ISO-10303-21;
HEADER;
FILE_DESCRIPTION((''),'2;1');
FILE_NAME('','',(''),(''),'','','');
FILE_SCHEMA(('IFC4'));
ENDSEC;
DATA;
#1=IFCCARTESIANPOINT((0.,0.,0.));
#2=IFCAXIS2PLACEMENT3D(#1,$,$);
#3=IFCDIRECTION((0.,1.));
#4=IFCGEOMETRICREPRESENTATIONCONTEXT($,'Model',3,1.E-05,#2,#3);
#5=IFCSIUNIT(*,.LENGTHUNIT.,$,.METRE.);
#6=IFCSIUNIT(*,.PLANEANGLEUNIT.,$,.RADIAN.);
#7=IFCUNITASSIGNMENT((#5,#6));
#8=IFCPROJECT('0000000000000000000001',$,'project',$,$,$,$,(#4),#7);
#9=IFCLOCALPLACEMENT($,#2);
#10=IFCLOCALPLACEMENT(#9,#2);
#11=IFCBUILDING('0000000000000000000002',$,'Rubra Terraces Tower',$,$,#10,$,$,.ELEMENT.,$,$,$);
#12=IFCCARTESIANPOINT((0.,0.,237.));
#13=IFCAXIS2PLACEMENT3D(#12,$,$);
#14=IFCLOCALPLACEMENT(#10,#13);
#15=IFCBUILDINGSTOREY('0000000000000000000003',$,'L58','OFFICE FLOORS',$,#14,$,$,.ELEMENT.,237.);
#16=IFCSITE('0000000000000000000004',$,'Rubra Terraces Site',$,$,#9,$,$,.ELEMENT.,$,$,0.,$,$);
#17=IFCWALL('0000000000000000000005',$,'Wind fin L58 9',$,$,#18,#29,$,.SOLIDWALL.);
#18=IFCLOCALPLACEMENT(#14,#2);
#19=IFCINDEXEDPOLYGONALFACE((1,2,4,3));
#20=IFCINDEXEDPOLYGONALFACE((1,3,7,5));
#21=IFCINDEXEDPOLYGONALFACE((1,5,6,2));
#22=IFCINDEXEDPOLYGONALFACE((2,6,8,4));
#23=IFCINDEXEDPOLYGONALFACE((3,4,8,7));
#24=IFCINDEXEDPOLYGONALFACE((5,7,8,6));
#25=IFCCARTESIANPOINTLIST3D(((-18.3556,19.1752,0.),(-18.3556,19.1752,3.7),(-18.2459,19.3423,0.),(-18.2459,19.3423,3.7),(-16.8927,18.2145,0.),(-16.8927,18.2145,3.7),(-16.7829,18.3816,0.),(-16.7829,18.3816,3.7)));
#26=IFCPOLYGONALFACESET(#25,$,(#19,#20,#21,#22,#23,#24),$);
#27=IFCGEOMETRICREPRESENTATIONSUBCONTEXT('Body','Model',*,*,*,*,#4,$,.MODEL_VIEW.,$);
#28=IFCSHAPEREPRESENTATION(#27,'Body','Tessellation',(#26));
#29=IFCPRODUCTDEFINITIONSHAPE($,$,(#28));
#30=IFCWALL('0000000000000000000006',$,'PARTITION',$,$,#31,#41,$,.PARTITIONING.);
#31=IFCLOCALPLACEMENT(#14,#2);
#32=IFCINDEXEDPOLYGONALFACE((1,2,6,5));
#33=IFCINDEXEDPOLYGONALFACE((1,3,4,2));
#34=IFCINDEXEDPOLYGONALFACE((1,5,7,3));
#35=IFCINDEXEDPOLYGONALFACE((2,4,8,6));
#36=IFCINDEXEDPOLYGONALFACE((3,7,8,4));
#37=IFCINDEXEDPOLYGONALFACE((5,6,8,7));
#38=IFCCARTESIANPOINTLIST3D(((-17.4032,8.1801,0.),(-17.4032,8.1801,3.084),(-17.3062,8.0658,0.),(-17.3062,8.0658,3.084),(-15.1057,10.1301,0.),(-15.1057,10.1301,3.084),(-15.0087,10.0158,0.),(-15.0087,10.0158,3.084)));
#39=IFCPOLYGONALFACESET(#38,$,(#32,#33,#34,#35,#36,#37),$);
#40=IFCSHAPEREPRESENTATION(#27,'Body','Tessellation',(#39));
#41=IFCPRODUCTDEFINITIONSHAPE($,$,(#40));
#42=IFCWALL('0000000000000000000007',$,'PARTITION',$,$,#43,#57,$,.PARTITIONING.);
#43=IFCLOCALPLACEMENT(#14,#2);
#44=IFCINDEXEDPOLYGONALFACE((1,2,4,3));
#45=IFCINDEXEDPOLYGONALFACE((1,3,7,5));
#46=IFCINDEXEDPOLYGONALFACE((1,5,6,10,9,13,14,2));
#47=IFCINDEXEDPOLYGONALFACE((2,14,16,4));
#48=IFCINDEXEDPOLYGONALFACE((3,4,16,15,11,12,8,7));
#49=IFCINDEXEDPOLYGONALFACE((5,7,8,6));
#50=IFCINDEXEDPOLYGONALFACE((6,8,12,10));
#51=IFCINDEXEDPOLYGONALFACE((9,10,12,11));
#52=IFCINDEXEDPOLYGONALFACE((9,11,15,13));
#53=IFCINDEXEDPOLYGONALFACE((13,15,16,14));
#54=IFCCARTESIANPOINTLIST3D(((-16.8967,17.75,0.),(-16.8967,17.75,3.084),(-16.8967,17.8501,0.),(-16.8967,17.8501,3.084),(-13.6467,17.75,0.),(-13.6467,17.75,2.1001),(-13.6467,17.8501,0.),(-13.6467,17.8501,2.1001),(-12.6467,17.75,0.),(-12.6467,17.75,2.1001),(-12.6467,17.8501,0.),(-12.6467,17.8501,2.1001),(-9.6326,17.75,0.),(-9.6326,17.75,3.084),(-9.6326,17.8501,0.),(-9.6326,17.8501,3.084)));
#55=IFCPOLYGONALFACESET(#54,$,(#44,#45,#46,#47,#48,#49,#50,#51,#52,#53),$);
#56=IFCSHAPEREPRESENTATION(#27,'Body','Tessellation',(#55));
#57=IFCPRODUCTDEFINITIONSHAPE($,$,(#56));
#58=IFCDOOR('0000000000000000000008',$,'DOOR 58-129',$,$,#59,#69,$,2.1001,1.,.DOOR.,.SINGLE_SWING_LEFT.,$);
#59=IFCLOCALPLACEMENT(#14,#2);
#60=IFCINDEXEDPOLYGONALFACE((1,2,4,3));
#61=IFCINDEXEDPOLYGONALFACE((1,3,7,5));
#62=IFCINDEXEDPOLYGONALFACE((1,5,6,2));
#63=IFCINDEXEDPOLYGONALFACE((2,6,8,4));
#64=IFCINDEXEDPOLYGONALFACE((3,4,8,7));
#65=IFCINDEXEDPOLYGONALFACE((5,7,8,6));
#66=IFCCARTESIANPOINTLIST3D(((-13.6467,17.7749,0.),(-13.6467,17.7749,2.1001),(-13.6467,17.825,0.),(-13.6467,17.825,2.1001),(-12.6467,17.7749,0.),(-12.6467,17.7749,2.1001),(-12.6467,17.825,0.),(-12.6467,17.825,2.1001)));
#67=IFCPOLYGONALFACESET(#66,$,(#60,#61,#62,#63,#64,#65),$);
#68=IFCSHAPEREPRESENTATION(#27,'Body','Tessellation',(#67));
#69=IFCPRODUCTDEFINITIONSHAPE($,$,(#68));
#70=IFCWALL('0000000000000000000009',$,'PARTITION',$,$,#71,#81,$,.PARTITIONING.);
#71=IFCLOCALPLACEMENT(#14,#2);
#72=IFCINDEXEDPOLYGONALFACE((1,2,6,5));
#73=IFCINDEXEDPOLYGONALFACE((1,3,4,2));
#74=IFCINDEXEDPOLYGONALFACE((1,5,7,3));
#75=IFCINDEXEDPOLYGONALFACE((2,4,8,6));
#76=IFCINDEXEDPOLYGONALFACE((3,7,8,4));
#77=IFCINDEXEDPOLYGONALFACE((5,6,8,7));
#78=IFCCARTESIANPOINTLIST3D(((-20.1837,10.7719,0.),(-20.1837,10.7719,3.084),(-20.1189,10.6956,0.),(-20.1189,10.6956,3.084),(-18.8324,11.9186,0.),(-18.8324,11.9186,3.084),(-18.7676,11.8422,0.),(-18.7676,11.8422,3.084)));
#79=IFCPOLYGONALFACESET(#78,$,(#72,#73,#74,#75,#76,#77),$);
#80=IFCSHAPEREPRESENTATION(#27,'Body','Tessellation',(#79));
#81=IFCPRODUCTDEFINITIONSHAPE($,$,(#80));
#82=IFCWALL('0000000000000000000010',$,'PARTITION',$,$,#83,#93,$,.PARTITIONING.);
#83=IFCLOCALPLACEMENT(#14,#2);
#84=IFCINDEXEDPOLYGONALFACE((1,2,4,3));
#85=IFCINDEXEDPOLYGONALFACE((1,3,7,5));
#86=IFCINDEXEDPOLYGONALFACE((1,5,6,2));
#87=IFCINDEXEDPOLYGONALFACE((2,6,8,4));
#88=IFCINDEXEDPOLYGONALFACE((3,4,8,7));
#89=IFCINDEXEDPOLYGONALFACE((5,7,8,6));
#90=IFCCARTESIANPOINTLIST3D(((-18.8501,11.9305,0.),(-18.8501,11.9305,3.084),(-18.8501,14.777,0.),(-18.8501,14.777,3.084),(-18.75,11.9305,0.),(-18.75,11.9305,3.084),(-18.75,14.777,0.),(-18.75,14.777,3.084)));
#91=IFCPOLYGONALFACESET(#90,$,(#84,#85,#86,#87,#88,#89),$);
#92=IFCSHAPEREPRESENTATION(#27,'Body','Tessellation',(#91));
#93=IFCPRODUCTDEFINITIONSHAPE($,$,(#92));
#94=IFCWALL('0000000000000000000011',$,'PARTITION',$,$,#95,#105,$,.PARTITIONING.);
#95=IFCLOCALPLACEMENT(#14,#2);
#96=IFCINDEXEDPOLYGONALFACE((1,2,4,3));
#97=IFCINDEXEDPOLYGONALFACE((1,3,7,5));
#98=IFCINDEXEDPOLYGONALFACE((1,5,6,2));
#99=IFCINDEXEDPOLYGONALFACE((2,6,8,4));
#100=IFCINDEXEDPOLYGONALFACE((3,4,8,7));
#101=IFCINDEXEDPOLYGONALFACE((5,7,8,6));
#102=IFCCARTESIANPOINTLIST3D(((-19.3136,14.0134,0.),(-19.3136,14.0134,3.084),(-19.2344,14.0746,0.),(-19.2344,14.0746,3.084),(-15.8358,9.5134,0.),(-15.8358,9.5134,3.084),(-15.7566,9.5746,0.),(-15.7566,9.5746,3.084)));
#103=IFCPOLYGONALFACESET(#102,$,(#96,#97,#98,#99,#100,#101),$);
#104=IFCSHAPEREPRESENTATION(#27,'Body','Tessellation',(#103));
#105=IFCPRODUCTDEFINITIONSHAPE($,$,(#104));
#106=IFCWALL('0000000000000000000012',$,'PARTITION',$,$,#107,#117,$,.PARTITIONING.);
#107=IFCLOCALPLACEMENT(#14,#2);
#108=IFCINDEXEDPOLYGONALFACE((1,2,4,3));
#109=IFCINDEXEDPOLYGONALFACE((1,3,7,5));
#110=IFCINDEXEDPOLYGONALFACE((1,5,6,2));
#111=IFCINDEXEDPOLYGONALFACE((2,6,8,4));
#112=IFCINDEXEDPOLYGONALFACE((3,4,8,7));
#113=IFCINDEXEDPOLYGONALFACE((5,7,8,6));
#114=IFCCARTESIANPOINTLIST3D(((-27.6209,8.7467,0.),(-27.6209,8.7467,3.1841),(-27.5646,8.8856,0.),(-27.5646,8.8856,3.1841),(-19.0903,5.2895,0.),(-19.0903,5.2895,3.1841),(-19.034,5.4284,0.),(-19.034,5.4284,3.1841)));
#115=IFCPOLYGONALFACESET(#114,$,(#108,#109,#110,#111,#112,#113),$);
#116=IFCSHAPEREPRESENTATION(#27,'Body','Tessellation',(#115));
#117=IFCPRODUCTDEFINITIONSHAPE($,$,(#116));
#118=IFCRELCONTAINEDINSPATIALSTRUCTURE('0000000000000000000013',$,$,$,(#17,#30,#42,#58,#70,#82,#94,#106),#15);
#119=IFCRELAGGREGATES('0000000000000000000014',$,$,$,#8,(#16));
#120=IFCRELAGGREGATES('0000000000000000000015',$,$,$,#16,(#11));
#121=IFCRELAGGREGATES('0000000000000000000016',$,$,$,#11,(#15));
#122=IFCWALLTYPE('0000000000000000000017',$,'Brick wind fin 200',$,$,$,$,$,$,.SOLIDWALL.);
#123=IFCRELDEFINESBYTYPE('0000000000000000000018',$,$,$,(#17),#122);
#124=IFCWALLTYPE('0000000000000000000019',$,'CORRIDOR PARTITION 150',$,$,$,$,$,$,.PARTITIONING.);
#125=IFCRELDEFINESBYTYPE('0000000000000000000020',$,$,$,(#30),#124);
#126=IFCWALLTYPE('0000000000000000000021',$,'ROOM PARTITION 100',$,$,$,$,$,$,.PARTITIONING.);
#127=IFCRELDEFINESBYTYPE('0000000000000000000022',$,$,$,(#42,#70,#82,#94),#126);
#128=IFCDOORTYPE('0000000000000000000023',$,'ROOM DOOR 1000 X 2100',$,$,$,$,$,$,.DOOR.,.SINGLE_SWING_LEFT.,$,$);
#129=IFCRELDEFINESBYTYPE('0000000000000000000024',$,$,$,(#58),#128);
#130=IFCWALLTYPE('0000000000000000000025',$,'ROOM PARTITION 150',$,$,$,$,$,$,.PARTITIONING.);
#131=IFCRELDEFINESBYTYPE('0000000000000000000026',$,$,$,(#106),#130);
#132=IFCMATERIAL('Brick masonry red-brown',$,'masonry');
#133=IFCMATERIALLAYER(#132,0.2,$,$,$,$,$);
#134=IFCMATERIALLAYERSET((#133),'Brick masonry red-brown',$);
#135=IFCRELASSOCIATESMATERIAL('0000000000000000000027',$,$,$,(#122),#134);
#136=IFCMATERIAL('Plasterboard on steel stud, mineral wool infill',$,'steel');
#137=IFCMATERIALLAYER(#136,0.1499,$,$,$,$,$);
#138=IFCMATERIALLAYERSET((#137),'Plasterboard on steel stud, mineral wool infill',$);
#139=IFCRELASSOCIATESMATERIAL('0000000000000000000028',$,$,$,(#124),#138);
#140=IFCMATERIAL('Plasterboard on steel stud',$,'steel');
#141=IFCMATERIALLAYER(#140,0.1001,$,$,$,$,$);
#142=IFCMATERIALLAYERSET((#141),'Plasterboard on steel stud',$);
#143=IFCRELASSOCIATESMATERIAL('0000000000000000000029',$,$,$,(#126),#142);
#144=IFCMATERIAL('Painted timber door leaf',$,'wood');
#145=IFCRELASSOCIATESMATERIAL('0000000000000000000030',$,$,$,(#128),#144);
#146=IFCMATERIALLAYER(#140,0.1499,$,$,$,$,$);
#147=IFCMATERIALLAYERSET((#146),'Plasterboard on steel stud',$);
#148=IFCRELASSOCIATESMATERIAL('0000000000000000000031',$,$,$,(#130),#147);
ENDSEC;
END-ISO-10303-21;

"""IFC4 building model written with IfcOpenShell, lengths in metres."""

from ifc_helpers import new_model, si_unit, direction, frame, frame_2d, origin, place, context, subcontext, project, spatial, rectangle, extrude, material, layer, layer_set, type_object, element, fill, save


model = new_model("IFC4")

# Units and contexts
model_context = context("Model", 3, precision=1e-05, world=origin(), true_north=direction((0.0, 1.0)))
body_context = subcontext(model_context, "Body", "Model", "MODEL_VIEW")
ifc_project = project(units=[si_unit("LENGTHUNIT", "METRE"), si_unit("PLANEANGLEUNIT", "RADIAN")], contexts=[model_context])

# Site, building, storey
site_placement = place(None, origin())
site = spatial("IfcSite", under=ifc_project, at=site_placement, Name="Rubra Terraces Site", CompositionType="ELEMENT", RefElevation=0.0)
building_placement = place(site_placement, origin())
building = spatial("IfcBuilding", under=site, at=building_placement, Name="Rubra Terraces Tower", CompositionType="ELEMENT")
storey_placement = place(building_placement, frame((0.0, 0.0, 237.0)))
storey = spatial("IfcBuildingStorey", under=building, at=storey_placement, Name="L58", Description="OFFICE FLOORS", CompositionType="ELEMENT", Elevation=237.0)

# Shared definitions
ifc_material_1 = material(Name="Brick masonry red-brown", Category="masonry")

# Walls
ifc_layer_1 = layer(ifc_material_1, 0.2)
ifc_layer_set_1 = layer_set([ifc_layer_1], Name="Brick masonry red-brown")
wall_type_1 = type_object("IfcWallType", Name="Brick wind fin 200", PredefinedType="SOLIDWALL", material=ifc_layer_set_1)
wall_1_placement = place(storey_placement, frame((-16.8379, 18.2981, 0.0), z_axis=(0.0, 0.0, 1.0), x_axis=(-0.835872, 0.548925, 0.0)))
element("IfcWall", 1, at=wall_1_placement, inside=storey, type_object=wall_type_1, Name="Wind fin L58 9", PredefinedType="SOLIDWALL", context=body_context, shape_type="SweptSolid", body=[
    extrude(rectangle(XDim=1.7502, YDim=0.2, at=frame_2d((0.875, 0.0))), origin(), (0.0, 0.0, 1.0), 3.7),
])
ifc_material_2 = material(Name="Plasterboard on steel stud, mineral wool infill", Category="steel")
ifc_layer_2 = layer(ifc_material_2, 0.1499)
ifc_layer_set_2 = layer_set([ifc_layer_2], Name="Plasterboard on steel stud, mineral wool infill")
wall_type_2 = type_object("IfcWallType", Name="CORRIDOR PARTITION 150", PredefinedType="PARTITIONING", material=ifc_layer_set_2)
wall_2_placement = place(storey_placement, frame((-15.0571, 10.073, 0.0), z_axis=(0.0, 0.0, 1.0), x_axis=(-0.762399, -0.647107, 0.0)))
element("IfcWall", 2, at=wall_2_placement, inside=storey, type_object=wall_type_2, Name="PARTITION", PredefinedType="PARTITIONING", context=body_context, shape_type="SweptSolid", body=[
    extrude(rectangle(XDim=3.0134, YDim=0.1499, at=frame_2d((1.5068, 0.0))), origin(), (0.0, 0.0, 1.0), 3.084),
])

# Wall, opening, door
ifc_material_3 = material(Name="Plasterboard on steel stud", Category="steel")
ifc_layer_3 = layer(ifc_material_3, 0.1001)
ifc_layer_set_3 = layer_set([ifc_layer_3], Name="Plasterboard on steel stud")
wall_type_3 = type_object("IfcWallType", Name="ROOM PARTITION 100", PredefinedType="PARTITIONING", material=ifc_layer_set_3)
wall_3_placement = place(storey_placement, frame((-16.8967, 17.8, 0.0), z_axis=(0.0, 0.0, 1.0), x_axis=(1.0, 0.0, 0.0)))
wall_3 = element("IfcWall", 3, at=wall_3_placement, inside=storey, type_object=wall_type_3, Name="PARTITION", PredefinedType="PARTITIONING", context=body_context, shape_type="SweptSolid", body=[
    extrude(rectangle(XDim=7.2642, YDim=0.1001, at=frame_2d((3.6321, 0.0))), origin(), (0.0, 0.0, 1.0), 3.084),
])
opening_1_placement = place(wall_3_placement, frame((3.25, 0.0, 0.0)))
opening_1 = element("IfcOpeningElement", 4, at=opening_1_placement, cuts=wall_3, PredefinedType="OPENING", context=body_context, shape_type="SweptSolid", body=[
    extrude(rectangle(XDim=1.0, YDim=2.1001, at=frame_2d((0.5, 1.05))), frame((0.0, 0.0601, 0.0), z_axis=(0.0, -1.0, 0.0), x_axis=(1.0, 0.0, 0.0)), (0.0, 0.0, 1.0), 0.1201),
])
ifc_material_4 = material(Name="Painted timber door leaf", Category="wood")
door_type = type_object("IfcDoorType", Name="ROOM DOOR 1000 X 2100", OperationType="SINGLE_SWING_LEFT", PredefinedType="DOOR", material=ifc_material_4)
door_placement = place(opening_1_placement, origin())
door = element("IfcDoor", 5, at=door_placement, inside=storey, type_object=door_type, Name="DOOR 58-129", OperationType="SINGLE_SWING_LEFT", OverallHeight=2.1001, OverallWidth=1.0, PredefinedType="DOOR", context=body_context, shape_type="SweptSolid", body=[
    extrude(rectangle(XDim=1.0, YDim=2.1001, at=frame_2d((0.5, 1.05))), frame((0.0, 0.0249, 0.0), z_axis=(0.0, -1.0, 0.0), x_axis=(1.0, 0.0, 0.0)), (0.0, 0.0, 1.0), 0.05),
])
fill(opening_1, door)

# Walls
wall_4_placement = place(storey_placement, frame((-20.1514, 10.7336, 0.0), z_axis=(0.0, 0.0, 1.0), x_axis=(0.762466, 0.647028, 0.0)))
element("IfcWall", 6, at=wall_4_placement, inside=storey, type_object=wall_type_3, Name="PARTITION", PredefinedType="PARTITIONING", context=body_context, shape_type="SweptSolid", body=[
    extrude(rectangle(XDim=1.7722, YDim=0.1001, at=frame_2d((0.8862, 0.0))), origin(), (0.0, 0.0, 1.0), 3.084),
])
wall_5_placement = place(storey_placement, frame((-18.8, 11.9304, 0.0), z_axis=(0.0, 0.0, 1.0), x_axis=(0.0, 1.0, 0.0)))
element("IfcWall", 7, at=wall_5_placement, inside=storey, type_object=wall_type_3, Name="PARTITION", PredefinedType="PARTITIONING", context=body_context, shape_type="SweptSolid", body=[
    extrude(rectangle(XDim=2.8464, YDim=0.1001, at=frame_2d((1.4233, 0.0))), origin(), (0.0, 0.0, 1.0), 3.084),
])
wall_6_placement = place(storey_placement, frame((-15.7961, 9.5439, 0.0), z_axis=(0.0, 0.0, 1.0), x_axis=(-0.611504, 0.791242, 0.0)))
element("IfcWall", 8, at=wall_6_placement, inside=storey, type_object=wall_type_3, Name="PARTITION", PredefinedType="PARTITIONING", context=body_context, shape_type="SweptSolid", body=[
    extrude(rectangle(XDim=5.6873, YDim=0.1001, at=frame_2d((2.8438, 0.0))), origin(), (0.0, 0.0, 1.0), 3.084),
])
ifc_layer_4 = layer(ifc_material_3, 0.1499)
ifc_layer_set_4 = layer_set([ifc_layer_4], Name="Plasterboard on steel stud")
wall_type_4 = type_object("IfcWallType", Name="ROOM PARTITION 150", PredefinedType="PARTITIONING", material=ifc_layer_set_4)
wall_7_placement = place(storey_placement, frame((-27.5928, 8.8162, 0.0), z_axis=(0.0, 0.0, 1.0), x_axis=(0.926782, -0.375599, 0.0)))
element("IfcWall", 9, at=wall_7_placement, inside=storey, type_object=wall_type_4, Name="PARTITION", PredefinedType="PARTITIONING", context=body_context, shape_type="SweptSolid", body=[
    extrude(rectangle(XDim=9.2046, YDim=0.1499, at=frame_2d((4.6023, 0.0))), origin(), (0.0, 0.0, 1.0), 3.1841),
])

save(model, "model.ifc")
